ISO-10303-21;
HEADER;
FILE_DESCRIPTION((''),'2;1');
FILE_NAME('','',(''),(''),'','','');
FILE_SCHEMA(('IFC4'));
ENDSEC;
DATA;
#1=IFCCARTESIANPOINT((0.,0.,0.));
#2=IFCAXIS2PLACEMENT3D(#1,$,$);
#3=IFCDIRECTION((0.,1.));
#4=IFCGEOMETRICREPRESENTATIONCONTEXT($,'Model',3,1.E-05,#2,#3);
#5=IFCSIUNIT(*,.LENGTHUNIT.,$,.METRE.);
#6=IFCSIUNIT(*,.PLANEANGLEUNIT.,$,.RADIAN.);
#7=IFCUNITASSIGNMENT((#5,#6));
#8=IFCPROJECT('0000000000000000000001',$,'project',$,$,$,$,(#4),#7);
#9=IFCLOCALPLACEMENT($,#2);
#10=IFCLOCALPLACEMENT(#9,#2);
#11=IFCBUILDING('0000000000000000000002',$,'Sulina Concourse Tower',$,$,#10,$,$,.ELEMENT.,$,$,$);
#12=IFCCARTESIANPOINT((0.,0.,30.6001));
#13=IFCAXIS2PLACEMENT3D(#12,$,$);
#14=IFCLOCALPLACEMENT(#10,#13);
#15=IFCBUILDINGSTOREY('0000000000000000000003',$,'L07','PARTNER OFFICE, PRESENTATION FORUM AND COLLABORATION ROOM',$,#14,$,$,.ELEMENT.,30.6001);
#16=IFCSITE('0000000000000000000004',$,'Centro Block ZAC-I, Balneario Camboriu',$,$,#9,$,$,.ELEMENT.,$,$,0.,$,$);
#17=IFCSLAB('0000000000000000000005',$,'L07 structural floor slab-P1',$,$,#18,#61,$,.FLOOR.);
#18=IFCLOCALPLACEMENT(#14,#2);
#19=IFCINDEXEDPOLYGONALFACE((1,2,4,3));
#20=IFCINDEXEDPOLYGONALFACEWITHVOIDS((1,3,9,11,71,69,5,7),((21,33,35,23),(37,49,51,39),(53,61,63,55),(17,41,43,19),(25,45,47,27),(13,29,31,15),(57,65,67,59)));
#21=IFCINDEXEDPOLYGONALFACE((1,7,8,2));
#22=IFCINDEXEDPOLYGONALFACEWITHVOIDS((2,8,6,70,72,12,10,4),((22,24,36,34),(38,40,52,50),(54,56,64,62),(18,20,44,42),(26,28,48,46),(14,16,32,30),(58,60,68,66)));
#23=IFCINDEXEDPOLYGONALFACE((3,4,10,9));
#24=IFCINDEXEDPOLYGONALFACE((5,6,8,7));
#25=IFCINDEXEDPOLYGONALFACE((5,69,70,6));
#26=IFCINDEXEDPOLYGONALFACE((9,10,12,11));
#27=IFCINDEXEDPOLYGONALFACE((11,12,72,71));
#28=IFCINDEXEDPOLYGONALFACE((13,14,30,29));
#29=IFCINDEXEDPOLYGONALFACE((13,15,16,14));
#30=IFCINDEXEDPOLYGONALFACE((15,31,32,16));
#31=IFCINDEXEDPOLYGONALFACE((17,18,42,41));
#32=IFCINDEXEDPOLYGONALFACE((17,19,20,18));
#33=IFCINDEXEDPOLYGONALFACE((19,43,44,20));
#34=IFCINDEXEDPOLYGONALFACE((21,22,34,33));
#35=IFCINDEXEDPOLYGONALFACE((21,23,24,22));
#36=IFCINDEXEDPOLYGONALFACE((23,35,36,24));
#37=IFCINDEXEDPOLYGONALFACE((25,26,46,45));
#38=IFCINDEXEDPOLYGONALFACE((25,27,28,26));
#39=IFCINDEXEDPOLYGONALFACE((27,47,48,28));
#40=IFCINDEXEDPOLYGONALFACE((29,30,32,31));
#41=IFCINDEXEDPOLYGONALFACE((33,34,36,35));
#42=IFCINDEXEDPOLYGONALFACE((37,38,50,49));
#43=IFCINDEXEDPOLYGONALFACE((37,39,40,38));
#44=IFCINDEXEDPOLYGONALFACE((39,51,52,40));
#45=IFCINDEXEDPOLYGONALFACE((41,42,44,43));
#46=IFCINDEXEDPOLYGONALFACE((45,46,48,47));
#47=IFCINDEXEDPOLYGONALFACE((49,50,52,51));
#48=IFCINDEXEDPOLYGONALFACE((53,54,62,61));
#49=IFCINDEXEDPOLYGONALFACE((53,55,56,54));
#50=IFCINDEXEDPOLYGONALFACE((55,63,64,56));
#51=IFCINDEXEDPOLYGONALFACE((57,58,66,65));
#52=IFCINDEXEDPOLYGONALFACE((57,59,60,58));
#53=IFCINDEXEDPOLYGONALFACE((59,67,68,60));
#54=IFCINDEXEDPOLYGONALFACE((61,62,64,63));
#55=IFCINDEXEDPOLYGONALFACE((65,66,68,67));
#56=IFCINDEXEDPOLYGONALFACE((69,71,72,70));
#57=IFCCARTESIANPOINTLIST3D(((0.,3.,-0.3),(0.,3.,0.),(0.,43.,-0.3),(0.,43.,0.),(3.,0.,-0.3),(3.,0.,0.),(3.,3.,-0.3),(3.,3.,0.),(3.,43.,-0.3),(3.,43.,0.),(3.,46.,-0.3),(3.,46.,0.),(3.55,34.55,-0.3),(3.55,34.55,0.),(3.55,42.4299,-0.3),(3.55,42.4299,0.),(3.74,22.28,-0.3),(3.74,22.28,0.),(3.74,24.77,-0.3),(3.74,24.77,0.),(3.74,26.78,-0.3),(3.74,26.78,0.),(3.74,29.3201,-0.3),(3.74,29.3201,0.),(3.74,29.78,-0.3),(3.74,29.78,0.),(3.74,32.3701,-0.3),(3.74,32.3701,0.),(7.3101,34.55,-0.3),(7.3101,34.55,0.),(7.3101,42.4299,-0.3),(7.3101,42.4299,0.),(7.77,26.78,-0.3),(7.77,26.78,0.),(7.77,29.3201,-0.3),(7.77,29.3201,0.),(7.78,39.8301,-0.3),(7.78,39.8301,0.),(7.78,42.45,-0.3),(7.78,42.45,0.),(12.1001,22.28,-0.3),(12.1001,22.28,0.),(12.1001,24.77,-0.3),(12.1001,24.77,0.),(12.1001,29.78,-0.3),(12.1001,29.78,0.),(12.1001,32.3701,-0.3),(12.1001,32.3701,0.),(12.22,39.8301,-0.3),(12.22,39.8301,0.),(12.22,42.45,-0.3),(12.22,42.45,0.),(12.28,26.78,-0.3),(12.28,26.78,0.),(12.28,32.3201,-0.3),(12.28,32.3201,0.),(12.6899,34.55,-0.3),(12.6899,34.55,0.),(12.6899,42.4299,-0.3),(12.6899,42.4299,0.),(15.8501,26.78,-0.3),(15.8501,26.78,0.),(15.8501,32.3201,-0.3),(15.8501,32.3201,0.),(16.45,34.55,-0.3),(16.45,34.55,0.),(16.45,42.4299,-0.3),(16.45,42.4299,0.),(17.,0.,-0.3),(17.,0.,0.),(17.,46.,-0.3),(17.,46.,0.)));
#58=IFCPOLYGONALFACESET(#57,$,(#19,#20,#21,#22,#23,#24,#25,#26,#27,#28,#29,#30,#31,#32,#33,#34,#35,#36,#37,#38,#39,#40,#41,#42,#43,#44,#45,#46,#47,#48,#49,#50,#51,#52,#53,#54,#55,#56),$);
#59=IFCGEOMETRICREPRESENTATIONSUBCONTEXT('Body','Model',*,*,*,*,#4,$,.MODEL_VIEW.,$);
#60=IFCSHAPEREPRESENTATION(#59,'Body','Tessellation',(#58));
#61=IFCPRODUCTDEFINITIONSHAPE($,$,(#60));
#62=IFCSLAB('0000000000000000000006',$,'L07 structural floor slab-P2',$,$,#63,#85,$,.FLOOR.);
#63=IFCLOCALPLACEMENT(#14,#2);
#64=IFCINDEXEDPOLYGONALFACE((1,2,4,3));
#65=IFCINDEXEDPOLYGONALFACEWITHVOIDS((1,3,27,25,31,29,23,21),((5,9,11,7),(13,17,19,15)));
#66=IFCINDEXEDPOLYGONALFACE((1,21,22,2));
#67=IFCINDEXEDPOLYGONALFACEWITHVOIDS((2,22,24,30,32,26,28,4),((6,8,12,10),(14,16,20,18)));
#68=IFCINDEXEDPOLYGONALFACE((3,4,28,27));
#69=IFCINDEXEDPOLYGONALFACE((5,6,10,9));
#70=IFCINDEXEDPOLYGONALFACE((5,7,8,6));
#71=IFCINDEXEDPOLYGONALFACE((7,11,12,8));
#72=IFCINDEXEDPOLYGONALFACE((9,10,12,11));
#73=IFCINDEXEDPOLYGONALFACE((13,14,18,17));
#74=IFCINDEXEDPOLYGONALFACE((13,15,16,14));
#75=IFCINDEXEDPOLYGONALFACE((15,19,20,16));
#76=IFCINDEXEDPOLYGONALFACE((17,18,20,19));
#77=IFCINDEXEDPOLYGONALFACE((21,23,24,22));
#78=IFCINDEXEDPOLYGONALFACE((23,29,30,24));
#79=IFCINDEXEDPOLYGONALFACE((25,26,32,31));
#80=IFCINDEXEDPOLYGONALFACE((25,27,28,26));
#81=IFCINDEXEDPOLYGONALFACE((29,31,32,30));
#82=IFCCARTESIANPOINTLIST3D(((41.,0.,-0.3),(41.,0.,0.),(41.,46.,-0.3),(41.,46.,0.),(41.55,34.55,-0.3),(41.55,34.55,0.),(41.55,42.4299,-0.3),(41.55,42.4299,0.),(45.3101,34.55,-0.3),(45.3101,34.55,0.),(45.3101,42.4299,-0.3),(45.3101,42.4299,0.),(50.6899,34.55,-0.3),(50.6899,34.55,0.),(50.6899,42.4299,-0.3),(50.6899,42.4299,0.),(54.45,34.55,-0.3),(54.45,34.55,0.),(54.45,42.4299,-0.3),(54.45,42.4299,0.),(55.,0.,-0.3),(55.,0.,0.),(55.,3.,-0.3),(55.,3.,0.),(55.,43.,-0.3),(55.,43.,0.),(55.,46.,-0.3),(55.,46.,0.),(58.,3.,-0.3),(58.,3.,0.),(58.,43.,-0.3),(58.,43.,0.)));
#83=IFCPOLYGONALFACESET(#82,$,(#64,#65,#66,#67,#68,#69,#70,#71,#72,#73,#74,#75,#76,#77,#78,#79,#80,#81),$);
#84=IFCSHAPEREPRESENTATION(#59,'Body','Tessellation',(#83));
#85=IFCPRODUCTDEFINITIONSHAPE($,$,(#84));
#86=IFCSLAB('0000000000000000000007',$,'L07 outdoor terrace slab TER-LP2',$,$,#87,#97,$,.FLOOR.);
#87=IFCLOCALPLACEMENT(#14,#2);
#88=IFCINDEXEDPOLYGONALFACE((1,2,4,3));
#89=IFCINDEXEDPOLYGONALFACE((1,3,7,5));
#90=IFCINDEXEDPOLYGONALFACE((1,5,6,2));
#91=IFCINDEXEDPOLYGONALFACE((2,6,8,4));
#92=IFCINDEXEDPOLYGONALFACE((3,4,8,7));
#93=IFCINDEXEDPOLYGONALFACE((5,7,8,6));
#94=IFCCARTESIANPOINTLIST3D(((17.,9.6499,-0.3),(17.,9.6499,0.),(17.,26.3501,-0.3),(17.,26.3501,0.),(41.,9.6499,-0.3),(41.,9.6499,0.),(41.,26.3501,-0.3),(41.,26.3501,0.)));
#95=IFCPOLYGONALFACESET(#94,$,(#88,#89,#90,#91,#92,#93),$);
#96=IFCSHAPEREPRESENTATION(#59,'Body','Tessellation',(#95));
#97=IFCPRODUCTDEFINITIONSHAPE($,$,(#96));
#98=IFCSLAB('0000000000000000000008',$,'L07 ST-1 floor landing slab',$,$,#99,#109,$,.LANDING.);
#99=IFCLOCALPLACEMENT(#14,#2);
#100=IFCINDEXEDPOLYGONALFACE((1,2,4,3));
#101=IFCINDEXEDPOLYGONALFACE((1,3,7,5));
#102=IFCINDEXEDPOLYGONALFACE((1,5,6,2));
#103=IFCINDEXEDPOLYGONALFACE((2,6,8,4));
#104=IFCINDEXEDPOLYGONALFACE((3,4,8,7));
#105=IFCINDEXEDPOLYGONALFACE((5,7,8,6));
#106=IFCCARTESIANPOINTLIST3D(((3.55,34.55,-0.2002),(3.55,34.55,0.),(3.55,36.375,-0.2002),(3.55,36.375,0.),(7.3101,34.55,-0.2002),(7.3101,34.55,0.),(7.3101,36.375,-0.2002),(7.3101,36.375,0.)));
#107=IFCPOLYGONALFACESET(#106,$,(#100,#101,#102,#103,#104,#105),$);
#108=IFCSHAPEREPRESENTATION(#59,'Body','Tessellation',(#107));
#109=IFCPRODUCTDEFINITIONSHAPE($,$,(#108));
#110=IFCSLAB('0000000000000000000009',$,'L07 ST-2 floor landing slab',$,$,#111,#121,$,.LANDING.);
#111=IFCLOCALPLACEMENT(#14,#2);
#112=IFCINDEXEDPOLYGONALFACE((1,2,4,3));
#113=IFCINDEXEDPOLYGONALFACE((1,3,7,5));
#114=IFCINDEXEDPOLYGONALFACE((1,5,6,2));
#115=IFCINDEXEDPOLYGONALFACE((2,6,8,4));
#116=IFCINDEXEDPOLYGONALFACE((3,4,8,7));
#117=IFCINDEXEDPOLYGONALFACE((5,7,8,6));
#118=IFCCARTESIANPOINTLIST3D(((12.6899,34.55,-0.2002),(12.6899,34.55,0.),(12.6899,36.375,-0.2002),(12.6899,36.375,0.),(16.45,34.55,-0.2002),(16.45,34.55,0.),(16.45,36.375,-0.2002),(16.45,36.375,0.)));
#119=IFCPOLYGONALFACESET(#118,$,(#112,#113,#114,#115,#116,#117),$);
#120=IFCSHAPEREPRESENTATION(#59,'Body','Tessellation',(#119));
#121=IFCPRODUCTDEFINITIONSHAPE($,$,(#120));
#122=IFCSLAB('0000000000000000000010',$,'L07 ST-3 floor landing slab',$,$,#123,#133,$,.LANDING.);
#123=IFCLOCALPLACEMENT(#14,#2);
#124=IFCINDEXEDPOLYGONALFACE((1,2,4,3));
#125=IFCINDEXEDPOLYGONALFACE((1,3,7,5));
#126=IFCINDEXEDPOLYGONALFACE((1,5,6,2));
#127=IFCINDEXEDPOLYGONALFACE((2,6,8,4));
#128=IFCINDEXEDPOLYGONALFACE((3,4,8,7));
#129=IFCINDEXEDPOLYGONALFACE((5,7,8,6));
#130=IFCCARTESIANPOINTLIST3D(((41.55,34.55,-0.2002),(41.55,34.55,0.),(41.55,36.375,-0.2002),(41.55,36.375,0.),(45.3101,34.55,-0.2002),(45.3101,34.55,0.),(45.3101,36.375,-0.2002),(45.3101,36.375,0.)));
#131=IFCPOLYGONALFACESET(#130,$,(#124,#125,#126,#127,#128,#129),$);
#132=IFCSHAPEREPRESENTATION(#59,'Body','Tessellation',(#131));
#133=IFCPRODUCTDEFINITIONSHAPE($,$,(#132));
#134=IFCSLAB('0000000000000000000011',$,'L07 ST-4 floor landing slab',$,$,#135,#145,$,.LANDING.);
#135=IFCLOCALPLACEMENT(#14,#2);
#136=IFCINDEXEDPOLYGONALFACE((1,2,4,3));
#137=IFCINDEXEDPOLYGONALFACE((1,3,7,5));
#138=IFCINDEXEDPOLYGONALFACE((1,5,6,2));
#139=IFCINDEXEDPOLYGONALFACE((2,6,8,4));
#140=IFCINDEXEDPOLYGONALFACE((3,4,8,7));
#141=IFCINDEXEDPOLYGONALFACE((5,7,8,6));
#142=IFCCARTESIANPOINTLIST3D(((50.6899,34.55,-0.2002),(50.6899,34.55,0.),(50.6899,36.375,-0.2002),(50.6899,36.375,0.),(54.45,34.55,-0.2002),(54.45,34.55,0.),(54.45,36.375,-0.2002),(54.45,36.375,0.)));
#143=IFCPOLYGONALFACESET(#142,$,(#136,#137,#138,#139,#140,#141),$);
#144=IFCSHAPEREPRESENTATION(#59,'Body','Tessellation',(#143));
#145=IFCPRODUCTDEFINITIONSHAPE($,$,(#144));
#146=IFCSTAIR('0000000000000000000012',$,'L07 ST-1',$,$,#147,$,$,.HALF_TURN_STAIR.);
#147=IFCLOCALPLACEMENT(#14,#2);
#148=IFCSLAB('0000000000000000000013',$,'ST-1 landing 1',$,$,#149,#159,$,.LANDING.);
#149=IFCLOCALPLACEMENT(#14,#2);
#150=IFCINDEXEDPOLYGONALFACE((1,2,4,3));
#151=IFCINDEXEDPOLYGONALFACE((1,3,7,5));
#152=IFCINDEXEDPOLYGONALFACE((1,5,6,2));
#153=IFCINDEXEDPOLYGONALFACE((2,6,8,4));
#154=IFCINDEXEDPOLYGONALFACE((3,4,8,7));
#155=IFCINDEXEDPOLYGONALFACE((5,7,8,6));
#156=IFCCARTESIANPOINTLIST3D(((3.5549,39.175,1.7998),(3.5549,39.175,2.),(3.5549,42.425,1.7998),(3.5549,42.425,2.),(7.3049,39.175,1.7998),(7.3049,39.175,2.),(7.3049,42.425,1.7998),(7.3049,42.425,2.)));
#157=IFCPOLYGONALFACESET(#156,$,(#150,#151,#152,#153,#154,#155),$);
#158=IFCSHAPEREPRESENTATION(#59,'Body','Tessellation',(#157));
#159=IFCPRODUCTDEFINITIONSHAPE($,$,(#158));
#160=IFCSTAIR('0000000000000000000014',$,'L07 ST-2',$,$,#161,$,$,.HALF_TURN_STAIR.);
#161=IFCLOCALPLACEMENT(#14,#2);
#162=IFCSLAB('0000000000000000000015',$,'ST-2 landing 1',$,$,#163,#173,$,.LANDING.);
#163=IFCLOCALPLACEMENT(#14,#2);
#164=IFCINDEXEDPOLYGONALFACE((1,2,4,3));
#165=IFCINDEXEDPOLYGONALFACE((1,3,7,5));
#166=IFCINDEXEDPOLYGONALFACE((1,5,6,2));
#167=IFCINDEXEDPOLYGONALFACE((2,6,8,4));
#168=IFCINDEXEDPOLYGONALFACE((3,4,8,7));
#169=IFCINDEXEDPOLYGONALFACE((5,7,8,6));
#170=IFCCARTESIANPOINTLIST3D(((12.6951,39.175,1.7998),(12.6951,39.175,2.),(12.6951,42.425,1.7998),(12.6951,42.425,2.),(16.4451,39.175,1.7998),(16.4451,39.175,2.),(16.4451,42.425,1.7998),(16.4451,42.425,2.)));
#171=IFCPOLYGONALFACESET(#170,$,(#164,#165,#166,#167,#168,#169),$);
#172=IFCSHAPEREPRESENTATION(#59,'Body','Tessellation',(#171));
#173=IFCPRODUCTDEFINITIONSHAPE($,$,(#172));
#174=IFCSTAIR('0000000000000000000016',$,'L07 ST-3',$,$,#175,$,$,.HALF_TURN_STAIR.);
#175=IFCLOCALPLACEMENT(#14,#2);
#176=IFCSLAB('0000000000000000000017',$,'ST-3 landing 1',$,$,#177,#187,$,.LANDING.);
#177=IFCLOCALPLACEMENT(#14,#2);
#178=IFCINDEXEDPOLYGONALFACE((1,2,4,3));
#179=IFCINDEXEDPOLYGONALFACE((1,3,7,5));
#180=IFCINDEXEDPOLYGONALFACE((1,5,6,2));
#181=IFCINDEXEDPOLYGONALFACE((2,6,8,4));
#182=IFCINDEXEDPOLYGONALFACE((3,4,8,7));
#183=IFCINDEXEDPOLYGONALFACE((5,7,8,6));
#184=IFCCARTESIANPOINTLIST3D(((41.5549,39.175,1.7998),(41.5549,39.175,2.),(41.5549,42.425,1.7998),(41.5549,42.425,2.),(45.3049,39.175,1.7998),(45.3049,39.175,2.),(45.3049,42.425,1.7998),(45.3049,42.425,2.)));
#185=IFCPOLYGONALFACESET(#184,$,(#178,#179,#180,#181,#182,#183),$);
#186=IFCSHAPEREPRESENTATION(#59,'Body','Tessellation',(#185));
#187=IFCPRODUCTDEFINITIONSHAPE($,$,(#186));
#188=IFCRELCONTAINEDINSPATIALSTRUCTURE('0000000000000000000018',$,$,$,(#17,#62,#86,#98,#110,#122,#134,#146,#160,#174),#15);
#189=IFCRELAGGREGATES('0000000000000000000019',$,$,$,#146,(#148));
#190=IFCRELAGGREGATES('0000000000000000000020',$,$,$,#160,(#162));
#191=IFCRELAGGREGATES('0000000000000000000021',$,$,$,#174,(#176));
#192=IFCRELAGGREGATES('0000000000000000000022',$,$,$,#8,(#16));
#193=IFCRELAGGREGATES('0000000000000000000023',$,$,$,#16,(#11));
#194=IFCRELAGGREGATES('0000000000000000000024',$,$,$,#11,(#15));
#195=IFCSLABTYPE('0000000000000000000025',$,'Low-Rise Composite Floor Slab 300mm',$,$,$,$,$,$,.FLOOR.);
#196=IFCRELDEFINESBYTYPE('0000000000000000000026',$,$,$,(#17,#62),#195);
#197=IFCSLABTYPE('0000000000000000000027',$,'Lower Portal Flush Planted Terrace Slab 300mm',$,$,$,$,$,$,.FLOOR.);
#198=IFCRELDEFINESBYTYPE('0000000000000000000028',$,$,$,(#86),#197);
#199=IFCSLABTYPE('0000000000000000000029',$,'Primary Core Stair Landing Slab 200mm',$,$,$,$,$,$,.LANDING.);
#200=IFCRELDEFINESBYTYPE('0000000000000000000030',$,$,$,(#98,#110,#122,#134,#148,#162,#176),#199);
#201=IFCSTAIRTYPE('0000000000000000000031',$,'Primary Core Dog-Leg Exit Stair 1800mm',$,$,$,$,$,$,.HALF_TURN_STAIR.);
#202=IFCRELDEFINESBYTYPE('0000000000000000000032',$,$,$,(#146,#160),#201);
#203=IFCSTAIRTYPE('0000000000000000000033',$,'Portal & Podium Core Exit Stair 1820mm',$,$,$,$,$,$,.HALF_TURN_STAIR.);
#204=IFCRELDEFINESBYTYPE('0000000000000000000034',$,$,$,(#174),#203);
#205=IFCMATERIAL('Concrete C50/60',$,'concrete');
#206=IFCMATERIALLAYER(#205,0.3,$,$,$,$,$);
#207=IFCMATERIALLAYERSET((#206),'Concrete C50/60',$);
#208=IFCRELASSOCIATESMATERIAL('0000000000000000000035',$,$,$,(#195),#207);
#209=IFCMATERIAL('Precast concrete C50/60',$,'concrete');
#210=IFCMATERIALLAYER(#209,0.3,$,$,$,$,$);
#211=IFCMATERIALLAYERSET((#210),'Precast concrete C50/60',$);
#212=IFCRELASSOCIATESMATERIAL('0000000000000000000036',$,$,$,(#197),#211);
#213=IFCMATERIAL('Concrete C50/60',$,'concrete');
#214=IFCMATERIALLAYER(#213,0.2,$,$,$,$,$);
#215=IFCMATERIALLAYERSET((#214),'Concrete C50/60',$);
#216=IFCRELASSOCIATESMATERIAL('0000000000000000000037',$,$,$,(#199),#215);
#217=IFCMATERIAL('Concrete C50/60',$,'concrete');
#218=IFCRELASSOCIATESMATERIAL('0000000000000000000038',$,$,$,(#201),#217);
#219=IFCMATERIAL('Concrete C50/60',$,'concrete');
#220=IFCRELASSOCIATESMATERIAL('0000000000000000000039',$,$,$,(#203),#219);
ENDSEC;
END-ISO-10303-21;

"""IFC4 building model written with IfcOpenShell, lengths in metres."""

from ifc_helpers import new_model, si_unit, direction, frame, origin, place, context, subcontext, project, spatial, polyline, outline, extrude, material, layer, layer_set, type_object, element, aggregate, save


model = new_model("IFC4")

# Units and contexts
model_context = context("Model", 3, precision=1e-05, world=origin(), true_north=direction((0.0, 1.0)))
body_context = subcontext(model_context, "Body", "Model", "MODEL_VIEW")
ifc_project = project(units=[si_unit("LENGTHUNIT", "METRE"), si_unit("PLANEANGLEUNIT", "RADIAN")], contexts=[model_context])

# Site, building, storey
site_placement = place(None, origin())
site = spatial("IfcSite", under=ifc_project, at=site_placement, Name="Centro Block ZAC-I, Balneario Camboriu", CompositionType="ELEMENT", RefElevation=0.0)
building_placement = place(site_placement, origin())
building = spatial("IfcBuilding", under=site, at=building_placement, Name="Sulina Concourse Tower", CompositionType="ELEMENT")
storey_placement = place(building_placement, frame((0.0, 0.0, 30.6001)))
storey = spatial("IfcBuildingStorey", under=building, at=storey_placement, Name="L07", Description="PARTNER OFFICE, PRESENTATION FORUM AND COLLABORATION ROOM", CompositionType="ELEMENT", Elevation=30.6001)

# Slabs
ifc_material_1 = material(Name="Concrete C50/60", Category="concrete")
ifc_layer_1 = layer(ifc_material_1, 0.3)
ifc_layer_set_1 = layer_set([ifc_layer_1], Name="Concrete C50/60")
slab_type_1 = type_object("IfcSlabType", Name="Low-Rise Composite Floor Slab 300mm", PredefinedType="FLOOR", material=ifc_layer_set_1)
slab_1_placement = place(storey_placement, frame((0.0, 0.0, -0.3)))
element("IfcSlab", 1, at=slab_1_placement, inside=storey, type_object=slab_type_1, Name="L07 structural floor slab-P1", PredefinedType="FLOOR", context=body_context, shape_type="SweptSolid", body=[
    extrude(outline(polyline([(3.0, 0.0), (17.0, 0.0), (17.0, 46.0), (3.0, 46.0), (3.0, 43.0), (0.0, 43.0), (0.0, 3.0), (3.0, 3.0), (3.0, 0.0)]), holes=[polyline([(7.3101, 34.55), (7.3101, 42.4299), (3.55, 42.4299), (3.55, 34.55), (7.3101, 34.55)]), polyline([(16.45, 34.55), (16.45, 42.4299), (12.6899, 42.4299), (12.6899, 34.55), (16.45, 34.55)]), polyline([(7.78, 39.8301), (12.22, 39.8301), (12.22, 42.45), (7.78, 42.45), (7.78, 39.8301)]), polyline([(3.74, 26.78), (7.77, 26.78), (7.77, 29.3201), (3.74, 29.3201), (3.74, 26.78)]), polyline([(3.74, 29.78), (12.1001, 29.78), (12.1001, 32.3701), (3.74, 32.3701), (3.74, 29.78)]), polyline([(3.74, 22.28), (12.1001, 22.28), (12.1001, 24.77), (3.74, 24.77), (3.74, 22.28)]), polyline([(12.28, 26.78), (15.8501, 26.78), (15.8501, 32.3201), (12.28, 32.3201), (12.28, 26.78)])]), origin(), (0.0, 0.0, 1.0), 0.3),
])
slab_2_placement = place(storey_placement, frame((0.0, 0.0, -0.3)))
element("IfcSlab", 2, at=slab_2_placement, inside=storey, type_object=slab_type_1, Name="L07 structural floor slab-P2", PredefinedType="FLOOR", context=body_context, shape_type="SweptSolid", body=[
    extrude(outline(polyline([(41.0, 0.0), (55.0, 0.0), (55.0, 3.0), (58.0, 3.0), (58.0, 43.0), (55.0, 43.0), (55.0, 46.0), (41.0, 46.0), (41.0, 0.0)]), holes=[polyline([(45.3101, 34.55), (45.3101, 42.4299), (41.55, 42.4299), (41.55, 34.55), (45.3101, 34.55)]), polyline([(54.45, 34.55), (54.45, 42.4299), (50.6899, 42.4299), (50.6899, 34.55), (54.45, 34.55)])]), origin(), (0.0, 0.0, 1.0), 0.3),
])
ifc_material_2 = material(Name="Precast concrete C50/60", Category="concrete")
ifc_layer_2 = layer(ifc_material_2, 0.3)
ifc_layer_set_2 = layer_set([ifc_layer_2], Name="Precast concrete C50/60")
slab_type_2 = type_object("IfcSlabType", Name="Lower Portal Flush Planted Terrace Slab 300mm", PredefinedType="FLOOR", material=ifc_layer_set_2)
slab_3_placement = place(storey_placement, frame((0.0, 0.0, -0.3)))
element("IfcSlab", 3, at=slab_3_placement, inside=storey, type_object=slab_type_2, Name="L07 outdoor terrace slab TER-LP2", PredefinedType="FLOOR", context=body_context, shape_type="SweptSolid", body=[
    extrude(outline(polyline([(17.0, 9.6499), (41.0, 9.6499), (41.0, 26.3501), (17.0, 26.3501), (17.0, 9.6499)])), origin(), (0.0, 0.0, 1.0), 0.3),
])
ifc_material_3 = material(Name="Concrete C50/60", Category="concrete")
ifc_layer_3 = layer(ifc_material_3, 0.2)
ifc_layer_set_3 = layer_set([ifc_layer_3], Name="Concrete C50/60")
slab_type_3 = type_object("IfcSlabType", Name="Primary Core Stair Landing Slab 200mm", PredefinedType="LANDING", material=ifc_layer_set_3)
slab_4_placement = place(storey_placement, frame((0.0, 0.0, -0.2002)))
element("IfcSlab", 4, at=slab_4_placement, inside=storey, type_object=slab_type_3, Name="L07 ST-1 floor landing slab", PredefinedType="LANDING", context=body_context, shape_type="SweptSolid", body=[
    extrude(outline(polyline([(7.3101, 34.55), (7.3101, 36.375), (3.55, 36.375), (3.55, 34.55), (7.3101, 34.55)])), origin(), (0.0, 0.0, 1.0), 0.2002),
])
slab_5_placement = place(storey_placement, frame((0.0, 0.0, -0.2002)))
element("IfcSlab", 5, at=slab_5_placement, inside=storey, type_object=slab_type_3, Name="L07 ST-2 floor landing slab", PredefinedType="LANDING", context=body_context, shape_type="SweptSolid", body=[
    extrude(outline(polyline([(16.45, 34.55), (16.45, 36.375), (12.6899, 36.375), (12.6899, 34.55), (16.45, 34.55)])), origin(), (0.0, 0.0, 1.0), 0.2002),
])
slab_6_placement = place(storey_placement, frame((0.0, 0.0, -0.2002)))
element("IfcSlab", 6, at=slab_6_placement, inside=storey, type_object=slab_type_3, Name="L07 ST-3 floor landing slab", PredefinedType="LANDING", context=body_context, shape_type="SweptSolid", body=[
    extrude(outline(polyline([(45.3101, 34.55), (45.3101, 36.375), (41.55, 36.375), (41.55, 34.55), (45.3101, 34.55)])), origin(), (0.0, 0.0, 1.0), 0.2002),
])
slab_7_placement = place(storey_placement, frame((0.0, 0.0, -0.2002)))
element("IfcSlab", 7, at=slab_7_placement, inside=storey, type_object=slab_type_3, Name="L07 ST-4 floor landing slab", PredefinedType="LANDING", context=body_context, shape_type="SweptSolid", body=[
    extrude(outline(polyline([(54.45, 34.55), (54.45, 36.375), (50.6899, 36.375), (50.6899, 34.55), (54.45, 34.55)])), origin(), (0.0, 0.0, 1.0), 0.2002),
])

# Stairs, slabs
ifc_material_4 = material(Name="Concrete C50/60", Category="concrete")
stair_type_1 = type_object("IfcStairType", Name="Primary Core Dog-Leg Exit Stair 1800mm", PredefinedType="HALF_TURN_STAIR", material=ifc_material_4)
stair_1_placement = place(storey_placement, origin())
stair_1 = element("IfcStair", 8, at=stair_1_placement, inside=storey, type_object=stair_type_1, Name="L07 ST-1", PredefinedType="HALF_TURN_STAIR")
slab_8_placement = place(storey_placement, frame((0.0, 0.0, 1.7998)))
slab_8 = element("IfcSlab", 9, at=slab_8_placement, type_object=slab_type_3, Name="ST-1 landing 1", PredefinedType="LANDING", context=body_context, shape_type="SweptSolid", body=[
    extrude(outline(polyline([(7.3049, 39.175), (7.3049, 42.425), (3.5549, 42.425), (3.5549, 39.175), (7.3049, 39.175)])), origin(), (0.0, 0.0, 1.0), 0.2002),
])
aggregate(stair_1, [slab_8])
stair_2_placement = place(storey_placement, origin())
stair_2 = element("IfcStair", 10, at=stair_2_placement, inside=storey, type_object=stair_type_1, Name="L07 ST-2", PredefinedType="HALF_TURN_STAIR")
slab_9_placement = place(storey_placement, frame((0.0, 0.0, 1.7998)))
slab_9 = element("IfcSlab", 11, at=slab_9_placement, type_object=slab_type_3, Name="ST-2 landing 1", PredefinedType="LANDING", context=body_context, shape_type="SweptSolid", body=[
    extrude(outline(polyline([(16.4451, 39.175), (16.4451, 42.425), (12.6951, 42.425), (12.6951, 39.175), (16.4451, 39.175)])), origin(), (0.0, 0.0, 1.0), 0.2002),
])
aggregate(stair_2, [slab_9])
ifc_material_5 = material(Name="Concrete C50/60", Category="concrete")
stair_type_2 = type_object("IfcStairType", Name="Portal & Podium Core Exit Stair 1820mm", PredefinedType="HALF_TURN_STAIR", material=ifc_material_5)
stair_3_placement = place(storey_placement, origin())
stair_3 = element("IfcStair", 12, at=stair_3_placement, inside=storey, type_object=stair_type_2, Name="L07 ST-3", PredefinedType="HALF_TURN_STAIR")
slab_10_placement = place(storey_placement, frame((0.0, 0.0, 1.7998)))
slab_10 = element("IfcSlab", 13, at=slab_10_placement, type_object=slab_type_3, Name="ST-3 landing 1", PredefinedType="LANDING", context=body_context, shape_type="SweptSolid", body=[
    extrude(outline(polyline([(45.3049, 39.175), (45.3049, 42.425), (41.5549, 42.425), (41.5549, 39.175), (45.3049, 39.175)])), origin(), (0.0, 0.0, 1.0), 0.2002),
])
aggregate(stair_3, [slab_10])

save(model, "model.ifc")
